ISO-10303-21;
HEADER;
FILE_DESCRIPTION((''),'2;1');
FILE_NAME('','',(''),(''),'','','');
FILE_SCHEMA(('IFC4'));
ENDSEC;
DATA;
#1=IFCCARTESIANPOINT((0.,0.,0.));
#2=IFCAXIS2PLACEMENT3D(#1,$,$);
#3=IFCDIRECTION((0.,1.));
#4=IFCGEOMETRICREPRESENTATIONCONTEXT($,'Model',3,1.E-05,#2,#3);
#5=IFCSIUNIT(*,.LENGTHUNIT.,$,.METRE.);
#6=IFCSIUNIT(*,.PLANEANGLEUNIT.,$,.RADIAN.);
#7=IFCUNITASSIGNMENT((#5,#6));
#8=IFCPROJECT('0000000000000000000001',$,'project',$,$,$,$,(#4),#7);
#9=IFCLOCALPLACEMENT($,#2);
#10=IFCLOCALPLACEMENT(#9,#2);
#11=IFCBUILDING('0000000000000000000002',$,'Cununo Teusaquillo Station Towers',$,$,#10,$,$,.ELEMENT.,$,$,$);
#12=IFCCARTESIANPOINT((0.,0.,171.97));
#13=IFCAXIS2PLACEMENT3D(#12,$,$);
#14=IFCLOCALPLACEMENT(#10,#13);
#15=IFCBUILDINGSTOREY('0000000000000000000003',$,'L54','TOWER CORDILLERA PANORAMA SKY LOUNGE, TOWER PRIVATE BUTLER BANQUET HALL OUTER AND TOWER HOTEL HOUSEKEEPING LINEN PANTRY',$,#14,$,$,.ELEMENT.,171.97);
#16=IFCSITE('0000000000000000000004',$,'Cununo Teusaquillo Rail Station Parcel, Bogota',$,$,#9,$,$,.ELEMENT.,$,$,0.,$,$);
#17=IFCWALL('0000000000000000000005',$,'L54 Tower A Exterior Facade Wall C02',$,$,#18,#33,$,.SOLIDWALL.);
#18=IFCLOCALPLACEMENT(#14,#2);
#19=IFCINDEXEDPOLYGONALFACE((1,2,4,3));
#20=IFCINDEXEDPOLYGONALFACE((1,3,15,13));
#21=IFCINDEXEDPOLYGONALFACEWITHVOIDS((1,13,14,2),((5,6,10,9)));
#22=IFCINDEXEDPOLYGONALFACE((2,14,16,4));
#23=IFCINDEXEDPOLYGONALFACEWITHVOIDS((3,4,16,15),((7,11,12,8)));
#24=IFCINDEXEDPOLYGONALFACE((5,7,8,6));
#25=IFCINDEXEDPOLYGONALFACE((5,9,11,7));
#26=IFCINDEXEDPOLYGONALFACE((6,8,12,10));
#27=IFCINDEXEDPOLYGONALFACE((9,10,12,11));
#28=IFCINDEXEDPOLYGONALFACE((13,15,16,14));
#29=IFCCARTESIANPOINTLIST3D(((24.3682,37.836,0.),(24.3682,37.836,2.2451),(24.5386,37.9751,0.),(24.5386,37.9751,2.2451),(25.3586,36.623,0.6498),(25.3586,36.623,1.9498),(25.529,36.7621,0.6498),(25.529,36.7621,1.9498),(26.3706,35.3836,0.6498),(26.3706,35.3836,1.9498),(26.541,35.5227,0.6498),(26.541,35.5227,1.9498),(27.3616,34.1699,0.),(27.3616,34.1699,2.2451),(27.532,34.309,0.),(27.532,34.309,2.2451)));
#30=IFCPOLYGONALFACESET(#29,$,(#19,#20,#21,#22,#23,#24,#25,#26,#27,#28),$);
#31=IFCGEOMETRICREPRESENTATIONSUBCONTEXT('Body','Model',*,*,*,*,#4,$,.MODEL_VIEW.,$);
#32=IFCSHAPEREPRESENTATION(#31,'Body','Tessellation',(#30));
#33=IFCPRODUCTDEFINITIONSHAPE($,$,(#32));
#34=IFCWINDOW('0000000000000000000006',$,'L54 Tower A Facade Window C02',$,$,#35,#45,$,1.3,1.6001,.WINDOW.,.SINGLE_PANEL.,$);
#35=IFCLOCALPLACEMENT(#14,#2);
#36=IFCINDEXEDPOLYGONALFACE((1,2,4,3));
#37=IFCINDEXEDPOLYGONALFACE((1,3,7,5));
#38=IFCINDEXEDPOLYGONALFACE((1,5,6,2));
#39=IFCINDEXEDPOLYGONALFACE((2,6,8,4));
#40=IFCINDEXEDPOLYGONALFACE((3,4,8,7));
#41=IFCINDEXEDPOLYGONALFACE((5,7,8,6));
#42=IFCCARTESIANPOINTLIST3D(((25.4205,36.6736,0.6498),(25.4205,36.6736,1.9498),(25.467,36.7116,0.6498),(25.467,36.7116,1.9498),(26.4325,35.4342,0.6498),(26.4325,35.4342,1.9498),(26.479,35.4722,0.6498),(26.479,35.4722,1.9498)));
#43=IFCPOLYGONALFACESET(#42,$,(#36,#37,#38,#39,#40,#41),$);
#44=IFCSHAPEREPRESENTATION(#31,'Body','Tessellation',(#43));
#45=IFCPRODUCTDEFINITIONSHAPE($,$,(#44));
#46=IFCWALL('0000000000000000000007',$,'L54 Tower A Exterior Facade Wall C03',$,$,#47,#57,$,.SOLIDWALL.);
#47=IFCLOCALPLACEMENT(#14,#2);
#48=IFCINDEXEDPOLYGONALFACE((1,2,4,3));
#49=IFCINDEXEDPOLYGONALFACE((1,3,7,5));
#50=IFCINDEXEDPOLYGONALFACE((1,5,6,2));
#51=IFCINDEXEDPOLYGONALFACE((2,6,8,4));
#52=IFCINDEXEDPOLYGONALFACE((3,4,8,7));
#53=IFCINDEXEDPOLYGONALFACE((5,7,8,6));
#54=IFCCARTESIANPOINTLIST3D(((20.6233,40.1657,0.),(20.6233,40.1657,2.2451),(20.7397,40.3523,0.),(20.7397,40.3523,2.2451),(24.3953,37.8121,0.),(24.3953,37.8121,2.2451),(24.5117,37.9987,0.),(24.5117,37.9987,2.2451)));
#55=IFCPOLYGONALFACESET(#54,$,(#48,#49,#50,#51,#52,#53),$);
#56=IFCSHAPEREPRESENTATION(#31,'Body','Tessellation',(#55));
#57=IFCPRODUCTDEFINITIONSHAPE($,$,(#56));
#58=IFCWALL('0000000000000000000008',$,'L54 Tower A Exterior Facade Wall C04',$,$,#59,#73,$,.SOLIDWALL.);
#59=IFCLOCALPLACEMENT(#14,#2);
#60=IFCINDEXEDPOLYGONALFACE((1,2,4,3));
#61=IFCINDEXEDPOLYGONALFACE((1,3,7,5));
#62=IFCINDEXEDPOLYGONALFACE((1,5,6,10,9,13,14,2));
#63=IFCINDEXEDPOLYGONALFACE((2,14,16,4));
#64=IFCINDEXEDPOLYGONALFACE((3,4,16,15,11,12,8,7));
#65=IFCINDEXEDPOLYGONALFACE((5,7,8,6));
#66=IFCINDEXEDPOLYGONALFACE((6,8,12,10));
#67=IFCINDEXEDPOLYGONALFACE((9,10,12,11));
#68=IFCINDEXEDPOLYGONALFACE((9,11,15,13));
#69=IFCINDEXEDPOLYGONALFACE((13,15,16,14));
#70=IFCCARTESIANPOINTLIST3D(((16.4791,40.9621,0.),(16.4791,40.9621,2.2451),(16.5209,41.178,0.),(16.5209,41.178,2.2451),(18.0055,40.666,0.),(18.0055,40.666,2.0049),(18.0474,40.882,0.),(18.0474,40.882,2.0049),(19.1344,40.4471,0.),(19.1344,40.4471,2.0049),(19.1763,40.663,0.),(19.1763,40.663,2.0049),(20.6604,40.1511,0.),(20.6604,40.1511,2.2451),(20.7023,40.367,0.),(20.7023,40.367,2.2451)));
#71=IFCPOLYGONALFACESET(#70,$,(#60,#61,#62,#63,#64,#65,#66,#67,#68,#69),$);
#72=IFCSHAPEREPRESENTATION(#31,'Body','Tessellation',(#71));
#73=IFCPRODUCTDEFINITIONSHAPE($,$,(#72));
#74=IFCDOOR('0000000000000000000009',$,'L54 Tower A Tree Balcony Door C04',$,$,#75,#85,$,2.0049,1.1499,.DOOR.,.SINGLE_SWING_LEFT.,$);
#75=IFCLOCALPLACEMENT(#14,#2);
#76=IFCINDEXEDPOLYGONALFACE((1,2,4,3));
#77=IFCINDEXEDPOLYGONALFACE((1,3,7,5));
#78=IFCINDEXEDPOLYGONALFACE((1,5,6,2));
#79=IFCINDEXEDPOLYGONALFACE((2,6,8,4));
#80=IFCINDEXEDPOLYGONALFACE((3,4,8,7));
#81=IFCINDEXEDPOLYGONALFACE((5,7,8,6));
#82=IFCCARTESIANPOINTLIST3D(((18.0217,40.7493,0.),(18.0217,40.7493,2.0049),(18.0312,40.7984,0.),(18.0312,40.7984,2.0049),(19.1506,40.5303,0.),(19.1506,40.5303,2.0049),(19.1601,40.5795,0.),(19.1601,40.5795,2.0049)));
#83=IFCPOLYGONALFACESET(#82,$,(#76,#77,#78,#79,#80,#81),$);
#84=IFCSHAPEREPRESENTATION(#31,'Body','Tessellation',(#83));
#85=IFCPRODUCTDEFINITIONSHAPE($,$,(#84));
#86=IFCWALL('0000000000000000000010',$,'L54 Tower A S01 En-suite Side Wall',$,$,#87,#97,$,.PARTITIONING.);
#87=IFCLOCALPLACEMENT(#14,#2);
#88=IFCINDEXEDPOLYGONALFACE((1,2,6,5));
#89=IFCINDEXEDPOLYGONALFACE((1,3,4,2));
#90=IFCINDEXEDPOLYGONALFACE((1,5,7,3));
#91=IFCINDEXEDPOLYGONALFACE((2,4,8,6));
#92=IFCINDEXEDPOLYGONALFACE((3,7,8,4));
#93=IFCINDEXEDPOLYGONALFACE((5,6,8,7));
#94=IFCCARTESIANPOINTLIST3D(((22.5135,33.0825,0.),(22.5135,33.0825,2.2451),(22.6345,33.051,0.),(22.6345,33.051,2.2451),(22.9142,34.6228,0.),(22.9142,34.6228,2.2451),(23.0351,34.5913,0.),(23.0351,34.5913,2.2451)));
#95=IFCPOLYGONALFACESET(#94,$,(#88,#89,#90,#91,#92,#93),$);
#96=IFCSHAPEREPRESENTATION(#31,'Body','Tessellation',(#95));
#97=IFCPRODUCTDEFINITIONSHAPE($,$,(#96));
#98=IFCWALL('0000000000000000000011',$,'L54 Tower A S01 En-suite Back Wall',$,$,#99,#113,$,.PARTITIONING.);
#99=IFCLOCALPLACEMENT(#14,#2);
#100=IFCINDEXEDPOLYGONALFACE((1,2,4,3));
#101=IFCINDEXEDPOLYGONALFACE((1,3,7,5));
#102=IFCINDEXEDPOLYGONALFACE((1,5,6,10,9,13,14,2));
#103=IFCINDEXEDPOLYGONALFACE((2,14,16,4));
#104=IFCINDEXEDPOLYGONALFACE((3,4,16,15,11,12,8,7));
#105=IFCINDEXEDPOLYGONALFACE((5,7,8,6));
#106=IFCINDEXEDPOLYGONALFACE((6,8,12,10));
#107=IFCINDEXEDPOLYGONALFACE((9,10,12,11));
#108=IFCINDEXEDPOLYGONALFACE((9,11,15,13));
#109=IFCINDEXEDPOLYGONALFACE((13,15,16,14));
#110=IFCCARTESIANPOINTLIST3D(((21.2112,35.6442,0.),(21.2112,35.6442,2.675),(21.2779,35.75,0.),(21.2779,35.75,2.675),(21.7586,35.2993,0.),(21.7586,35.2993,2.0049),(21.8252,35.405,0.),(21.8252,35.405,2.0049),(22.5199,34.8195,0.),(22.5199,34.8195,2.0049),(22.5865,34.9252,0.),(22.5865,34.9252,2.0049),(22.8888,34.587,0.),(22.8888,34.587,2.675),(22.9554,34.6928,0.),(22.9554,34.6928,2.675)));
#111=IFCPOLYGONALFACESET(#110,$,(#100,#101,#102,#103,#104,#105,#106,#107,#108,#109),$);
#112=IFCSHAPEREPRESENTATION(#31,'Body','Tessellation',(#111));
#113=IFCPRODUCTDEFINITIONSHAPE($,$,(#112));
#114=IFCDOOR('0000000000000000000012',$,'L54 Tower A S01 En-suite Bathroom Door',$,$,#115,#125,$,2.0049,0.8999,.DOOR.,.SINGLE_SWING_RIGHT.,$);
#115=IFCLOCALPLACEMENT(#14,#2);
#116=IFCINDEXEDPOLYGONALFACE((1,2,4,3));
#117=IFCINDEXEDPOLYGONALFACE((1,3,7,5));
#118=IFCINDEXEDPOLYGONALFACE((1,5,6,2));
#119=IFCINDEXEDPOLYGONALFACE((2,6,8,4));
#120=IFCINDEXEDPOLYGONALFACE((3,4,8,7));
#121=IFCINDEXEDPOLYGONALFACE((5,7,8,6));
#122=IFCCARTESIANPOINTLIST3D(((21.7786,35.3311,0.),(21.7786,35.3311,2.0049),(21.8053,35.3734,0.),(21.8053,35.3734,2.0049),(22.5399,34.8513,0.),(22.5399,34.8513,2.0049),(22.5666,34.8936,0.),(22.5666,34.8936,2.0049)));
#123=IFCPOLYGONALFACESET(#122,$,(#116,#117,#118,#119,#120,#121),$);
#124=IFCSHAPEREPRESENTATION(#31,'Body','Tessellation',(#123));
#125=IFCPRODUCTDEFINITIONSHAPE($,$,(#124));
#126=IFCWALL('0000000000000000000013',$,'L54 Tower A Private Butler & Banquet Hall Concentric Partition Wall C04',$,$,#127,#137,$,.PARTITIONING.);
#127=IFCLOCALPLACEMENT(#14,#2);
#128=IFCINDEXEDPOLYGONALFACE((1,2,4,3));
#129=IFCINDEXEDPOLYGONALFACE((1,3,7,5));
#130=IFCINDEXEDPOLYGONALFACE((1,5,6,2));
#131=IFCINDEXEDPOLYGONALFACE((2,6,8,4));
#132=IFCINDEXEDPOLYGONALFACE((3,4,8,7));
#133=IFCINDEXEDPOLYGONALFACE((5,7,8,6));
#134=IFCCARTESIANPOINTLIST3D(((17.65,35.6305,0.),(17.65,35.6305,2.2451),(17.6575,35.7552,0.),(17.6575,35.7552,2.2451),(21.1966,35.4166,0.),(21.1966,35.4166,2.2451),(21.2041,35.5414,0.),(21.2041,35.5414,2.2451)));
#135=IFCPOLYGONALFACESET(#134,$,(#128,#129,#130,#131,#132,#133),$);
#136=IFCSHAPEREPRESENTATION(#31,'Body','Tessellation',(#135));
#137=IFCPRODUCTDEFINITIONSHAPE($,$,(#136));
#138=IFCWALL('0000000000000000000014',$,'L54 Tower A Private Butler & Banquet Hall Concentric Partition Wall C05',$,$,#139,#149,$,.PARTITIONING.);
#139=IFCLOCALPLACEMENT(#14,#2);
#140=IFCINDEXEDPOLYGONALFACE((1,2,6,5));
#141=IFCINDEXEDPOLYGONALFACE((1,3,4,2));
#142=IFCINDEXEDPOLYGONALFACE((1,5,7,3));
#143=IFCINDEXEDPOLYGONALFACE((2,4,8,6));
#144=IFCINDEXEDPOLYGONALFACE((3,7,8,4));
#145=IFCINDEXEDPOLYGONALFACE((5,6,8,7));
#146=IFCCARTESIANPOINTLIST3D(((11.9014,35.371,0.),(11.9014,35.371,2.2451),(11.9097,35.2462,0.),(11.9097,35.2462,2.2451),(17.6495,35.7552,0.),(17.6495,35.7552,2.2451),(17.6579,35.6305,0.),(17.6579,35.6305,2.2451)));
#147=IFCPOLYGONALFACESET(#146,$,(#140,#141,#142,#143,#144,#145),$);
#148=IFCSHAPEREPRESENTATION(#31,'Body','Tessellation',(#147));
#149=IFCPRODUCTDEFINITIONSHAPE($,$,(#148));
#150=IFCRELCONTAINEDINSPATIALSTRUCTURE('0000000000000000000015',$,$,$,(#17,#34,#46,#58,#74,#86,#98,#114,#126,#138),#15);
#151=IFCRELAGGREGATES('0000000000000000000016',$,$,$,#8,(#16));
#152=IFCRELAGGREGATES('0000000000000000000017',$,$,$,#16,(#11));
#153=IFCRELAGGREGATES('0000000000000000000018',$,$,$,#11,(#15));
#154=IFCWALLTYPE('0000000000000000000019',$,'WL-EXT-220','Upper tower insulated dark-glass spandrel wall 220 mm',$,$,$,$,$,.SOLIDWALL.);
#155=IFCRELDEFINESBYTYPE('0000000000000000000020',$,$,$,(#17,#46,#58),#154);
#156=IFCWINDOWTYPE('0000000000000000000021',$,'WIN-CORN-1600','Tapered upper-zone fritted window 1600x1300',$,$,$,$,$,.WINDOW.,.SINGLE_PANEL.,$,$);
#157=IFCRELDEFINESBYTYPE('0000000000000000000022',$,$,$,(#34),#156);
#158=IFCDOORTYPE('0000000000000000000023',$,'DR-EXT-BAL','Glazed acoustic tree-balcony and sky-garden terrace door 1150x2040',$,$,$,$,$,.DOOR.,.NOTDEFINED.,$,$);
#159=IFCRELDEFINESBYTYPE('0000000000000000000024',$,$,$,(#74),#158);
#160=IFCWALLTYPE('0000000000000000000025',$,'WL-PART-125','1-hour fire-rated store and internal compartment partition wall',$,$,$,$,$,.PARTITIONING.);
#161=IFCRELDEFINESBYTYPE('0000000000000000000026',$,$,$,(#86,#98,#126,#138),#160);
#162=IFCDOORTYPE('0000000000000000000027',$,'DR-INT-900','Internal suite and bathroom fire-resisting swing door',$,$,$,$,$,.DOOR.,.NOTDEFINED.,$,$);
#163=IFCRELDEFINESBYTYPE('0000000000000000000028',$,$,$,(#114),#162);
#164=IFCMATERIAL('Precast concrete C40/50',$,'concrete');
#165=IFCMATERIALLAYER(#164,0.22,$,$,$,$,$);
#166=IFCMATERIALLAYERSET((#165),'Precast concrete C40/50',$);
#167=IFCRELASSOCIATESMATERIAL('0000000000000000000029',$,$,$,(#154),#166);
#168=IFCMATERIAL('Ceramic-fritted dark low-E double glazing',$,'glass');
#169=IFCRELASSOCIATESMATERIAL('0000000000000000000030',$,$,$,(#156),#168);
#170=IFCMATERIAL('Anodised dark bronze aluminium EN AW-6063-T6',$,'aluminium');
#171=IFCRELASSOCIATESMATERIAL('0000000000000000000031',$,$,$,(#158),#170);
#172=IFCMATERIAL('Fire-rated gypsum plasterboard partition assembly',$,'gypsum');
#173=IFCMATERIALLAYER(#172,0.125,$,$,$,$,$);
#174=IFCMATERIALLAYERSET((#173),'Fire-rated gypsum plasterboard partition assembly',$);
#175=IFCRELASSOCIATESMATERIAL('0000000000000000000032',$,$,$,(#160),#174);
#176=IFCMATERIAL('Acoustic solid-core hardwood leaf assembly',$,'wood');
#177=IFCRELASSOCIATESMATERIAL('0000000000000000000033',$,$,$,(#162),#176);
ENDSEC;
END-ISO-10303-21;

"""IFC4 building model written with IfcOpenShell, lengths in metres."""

from ifc_helpers import new_model, si_unit, direction, frame, frame_2d, origin, place, context, subcontext, project, spatial, rectangle, extrude, source, transform, mapped, material, layer, layer_set, type_object, element, fill, save


model = new_model("IFC4")

# Units and contexts
model_context = context("Model", 3, precision=1e-05, world=origin(), true_north=direction((0.0, 1.0)))
body_context = subcontext(model_context, "Body", "Model", "MODEL_VIEW")
ifc_project = project(units=[si_unit("LENGTHUNIT", "METRE"), si_unit("PLANEANGLEUNIT", "RADIAN")], contexts=[model_context])

# Site, building, storey
site_placement = place(None, origin())
site = spatial("IfcSite", under=ifc_project, at=site_placement, Name="Cununo Teusaquillo Rail Station Parcel, Bogota", CompositionType="ELEMENT", RefElevation=0.0)
building_placement = place(site_placement, origin())
building = spatial("IfcBuilding", under=site, at=building_placement, Name="Cununo Teusaquillo Station Towers", CompositionType="ELEMENT")
storey_placement = place(building_placement, frame((0.0, 0.0, 171.97)))
storey = spatial("IfcBuildingStorey", under=building, at=storey_placement, Name="L54", Description="TOWER CORDILLERA PANORAMA SKY LOUNGE, TOWER PRIVATE BUTLER BANQUET HALL OUTER AND TOWER HOTEL HOUSEKEEPING LINEN PANTRY", CompositionType="ELEMENT", Elevation=171.97)

# Shared definitions
ifc_material_1 = material(Name="Precast concrete C40/50", Category="concrete")
ifc_layer_1 = layer(ifc_material_1, 0.22)
ifc_layer_set_1 = layer_set([ifc_layer_1], Name="Precast concrete C40/50")
wall_type_1 = type_object("IfcWallType", Name="WL-EXT-220", Description="Upper tower insulated dark-glass spandrel wall 220 mm", PredefinedType="SOLIDWALL", material=ifc_layer_set_1)

# Wall, opening, window
wall_1_placement = place(storey_placement, frame((24.4534, 37.9055, 0.0), z_axis=(0.0, 0.0, 1.0), x_axis=(0.632471, -0.774584, 0.0)))
wall_1 = element("IfcWall", 1, at=wall_1_placement, inside=storey, type_object=wall_type_1, Name="L54 Tower A Exterior Facade Wall C02", PredefinedType="SOLIDWALL", context=body_context, shape_type="SweptSolid", body=[
    extrude(rectangle(XDim=4.7329, YDim=0.22, at=frame_2d((2.3665, 0.0))), origin(), (0.0, 0.0, 1.0), 2.2451),
])
shared_shape_1 = source(origin(), body_context, "Body", "SweptSolid", [
    extrude(rectangle(XDim=1.6001, YDim=1.3, at=frame_2d((0.8, 0.6499))), frame((0.0, 0.1199, 0.0), z_axis=(0.0, -1.0, 0.0), x_axis=(1.0, 0.0, 0.0)), (0.0, 0.0, 1.0), 0.24),
])
opening_1_placement = place(wall_1_placement, frame((1.5659, 0.0, 0.6499)))
opening_1 = element("IfcOpeningElement", 2, at=opening_1_placement, cuts=wall_1, PredefinedType="OPENING", context=body_context, shape_type="MappedRepresentation", body=[
    mapped(shared_shape_1, transform((0.0, 0.0, 0.0), x_axis=(1.0, 0.0, 0.0), y_axis=(0.0, 1.0, 0.0), z_axis=(0.0, 0.0, 1.0), scale=1.0)),
])
ifc_material_2 = material(Name="Ceramic-fritted dark low-E double glazing", Category="glass")
window_type = type_object("IfcWindowType", Name="WIN-CORN-1600", Description="Tapered upper-zone fritted window 1600x1300", PartitioningType="SINGLE_PANEL", PredefinedType="WINDOW", material=ifc_material_2)
shared_shape_2 = source(origin(), body_context, "Body", "SweptSolid", [
    extrude(rectangle(XDim=1.6001, YDim=1.3, at=frame_2d((0.8, 0.6499))), frame((0.0, 0.03, 0.0), z_axis=(0.0, -1.0, 0.0), x_axis=(1.0, 0.0, 0.0)), (0.0, 0.0, 1.0), 0.0601),
])
window_placement = place(opening_1_placement, origin())
window = element("IfcWindow", 3, at=window_placement, inside=storey, type_object=window_type, Name="L54 Tower A Facade Window C02", OverallHeight=1.3, OverallWidth=1.6001, PartitioningType="SINGLE_PANEL", PredefinedType="WINDOW", context=body_context, shape_type="MappedRepresentation", body=[
    mapped(shared_shape_2, transform((0.0, 0.0, 0.0), x_axis=(1.0, 0.0, 0.0), y_axis=(0.0, 1.0, 0.0), z_axis=(0.0, 0.0, 1.0), scale=1.0)),
])
fill(opening_1, window)

# Wall
wall_2_placement = place(storey_placement, frame((20.6814, 40.259, 0.0), z_axis=(0.0, 0.0, 1.0), x_axis=(0.848399, -0.529357, 0.0)))
element("IfcWall", 4, at=wall_2_placement, inside=storey, type_object=wall_type_1, Name="L54 Tower A Exterior Facade Wall C03", PredefinedType="SOLIDWALL", context=body_context, shape_type="SweptSolid", body=[
    extrude(rectangle(XDim=4.446, YDim=0.22, at=frame_2d((2.2231, 0.0))), origin(), (0.0, 0.0, 1.0), 2.2451),
])

# Wall, opening, door
wall_3_placement = place(storey_placement, frame((16.5, 41.0701, 0.0), z_axis=(0.0, 0.0, 1.0), x_axis=(0.981704, -0.190414, 0.0)))
wall_3 = element("IfcWall", 5, at=wall_3_placement, inside=storey, type_object=wall_type_1, Name="L54 Tower A Exterior Facade Wall C04", PredefinedType="SOLIDWALL", context=body_context, shape_type="SweptSolid", body=[
    extrude(rectangle(XDim=4.2593, YDim=0.22, at=frame_2d((2.1296, 0.0))), origin(), (0.0, 0.0, 1.0), 2.2451),
])
shared_shape_3 = source(origin(), body_context, "Body", "SweptSolid", [
    extrude(rectangle(XDim=1.1499, YDim=2.0049, at=frame_2d((0.575, 1.0024))), frame((0.0, 0.1199, 0.0), z_axis=(0.0, -1.0, 0.0), x_axis=(1.0, 0.0, 0.0)), (0.0, 0.0, 1.0), 0.24),
])
opening_2_placement = place(wall_3_placement, frame((1.5549, 0.0, 0.0)))
opening_2 = element("IfcOpeningElement", 6, at=opening_2_placement, cuts=wall_3, PredefinedType="OPENING", context=body_context, shape_type="MappedRepresentation", body=[
    mapped(shared_shape_3, transform((0.0, 0.0, 0.0), x_axis=(1.0, 0.0, 0.0), y_axis=(0.0, 1.0, 0.0), z_axis=(0.0, 0.0, 1.0), scale=1.0)),
])
ifc_material_3 = material(Name="Anodised dark bronze aluminium EN AW-6063-T6", Category="aluminium")
door_type_1 = type_object("IfcDoorType", Name="DR-EXT-BAL", Description="Glazed acoustic tree-balcony and sky-garden terrace door 1150x2040", OperationType="NOTDEFINED", PredefinedType="DOOR", material=ifc_material_3)
shared_shape_4 = source(origin(), body_context, "Body", "SweptSolid", [
    extrude(rectangle(XDim=1.1499, YDim=2.0049, at=frame_2d((0.575, 1.0024))), frame((0.0, 0.0249, 0.0), z_axis=(0.0, -1.0, 0.0), x_axis=(1.0, 0.0, 0.0)), (0.0, 0.0, 1.0), 0.05),
])
door_1_placement = place(opening_2_placement, origin())
door_1 = element("IfcDoor", 7, at=door_1_placement, inside=storey, type_object=door_type_1, Name="L54 Tower A Tree Balcony Door C04", OperationType="SINGLE_SWING_LEFT", OverallHeight=2.0049, OverallWidth=1.1499, PredefinedType="DOOR", context=body_context, shape_type="MappedRepresentation", body=[
    mapped(shared_shape_4, transform((0.0, 0.0, 0.0), x_axis=(1.0, 0.0, 0.0), y_axis=(0.0, 1.0, 0.0), z_axis=(0.0, 0.0, 1.0), scale=1.0)),
])
fill(opening_2, door_1)

# Wall
ifc_material_4 = material(Name="Fire-rated gypsum plasterboard partition assembly", Category="gypsum")
ifc_layer_2 = layer(ifc_material_4, 0.125)
ifc_layer_set_2 = layer_set([ifc_layer_2], Name="Fire-rated gypsum plasterboard partition assembly")
wall_type_2 = type_object("IfcWallType", Name="WL-PART-125", Description="1-hour fire-rated store and internal compartment partition wall", PredefinedType="PARTITIONING", material=ifc_layer_set_2)
wall_4_placement = place(storey_placement, frame((22.574, 33.0667, 0.0), z_axis=(0.0, 0.0, 1.0), x_axis=(0.251729, 0.967798, 0.0)))
element("IfcWall", 8, at=wall_4_placement, inside=storey, type_object=wall_type_2, Name="L54 Tower A S01 En-suite Side Wall", PredefinedType="PARTITIONING", context=body_context, shape_type="SweptSolid", body=[
    extrude(rectangle(XDim=1.5916, YDim=0.125, at=frame_2d((0.7959, 0.0))), origin(), (0.0, 0.0, 1.0), 2.2451),
])

# Wall, opening, door
wall_5_placement = place(storey_placement, frame((22.9221, 34.6399, 0.0), z_axis=(0.0, 0.0, 1.0), x_axis=(-0.846021, 0.53315, 0.0)))
wall_5 = element("IfcWall", 9, at=wall_5_placement, inside=storey, type_object=wall_type_2, Name="L54 Tower A S01 En-suite Back Wall", PredefinedType="PARTITIONING", context=body_context, shape_type="SweptSolid", body=[
    extrude(rectangle(XDim=1.9829, YDim=0.125, at=frame_2d((0.9915, 0.0))), origin(), (0.0, 0.0, 1.0), 2.675),
])
shared_shape_5 = source(origin(), body_context, "Body", "SweptSolid", [
    extrude(rectangle(XDim=0.8999, YDim=2.0049, at=frame_2d((0.45, 1.0024))), frame((0.0, 0.0725, 0.0), z_axis=(0.0, -1.0, 0.0), x_axis=(1.0, 0.0, 0.0)), (0.0, 0.0, 1.0), 0.145),
])
opening_3_placement = place(wall_5_placement, frame((0.436, 0.0, 0.0)))
opening_3 = element("IfcOpeningElement", 10, at=opening_3_placement, cuts=wall_5, PredefinedType="OPENING", context=body_context, shape_type="MappedRepresentation", body=[
    mapped(shared_shape_5, transform((0.0, 0.0, 0.0), x_axis=(1.0, 0.0, 0.0), y_axis=(0.0, 1.0, 0.0), z_axis=(0.0, 0.0, 1.0), scale=1.0)),
])
ifc_material_5 = material(Name="Acoustic solid-core hardwood leaf assembly", Category="wood")
door_type_2 = type_object("IfcDoorType", Name="DR-INT-900", Description="Internal suite and bathroom fire-resisting swing door", OperationType="NOTDEFINED", PredefinedType="DOOR", material=ifc_material_5)
shared_shape_6 = source(origin(), body_context, "Body", "SweptSolid", [
    extrude(rectangle(XDim=0.8999, YDim=2.0049, at=frame_2d((0.45, 1.0024))), frame((0.0, 0.0249, 0.0), z_axis=(0.0, -1.0, 0.0), x_axis=(1.0, 0.0, 0.0)), (0.0, 0.0, 1.0), 0.05),
])
door_2_placement = place(opening_3_placement, origin())
door_2 = element("IfcDoor", 11, at=door_2_placement, inside=storey, type_object=door_type_2, Name="L54 Tower A S01 En-suite Bathroom Door", OperationType="SINGLE_SWING_RIGHT", OverallHeight=2.0049, OverallWidth=0.8999, PredefinedType="DOOR", context=body_context, shape_type="MappedRepresentation", body=[
    mapped(shared_shape_6, transform((0.0, 0.0, 0.0), x_axis=(1.0, 0.0, 0.0), y_axis=(0.0, 1.0, 0.0), z_axis=(0.0, 0.0, 1.0), scale=1.0)),
])
fill(opening_3, door_2)

# Walls
wall_6_placement = place(storey_placement, frame((21.2002, 35.479, 0.0), z_axis=(0.0, 0.0, 1.0), x_axis=(-0.998187, 0.060192, 0.0)))
element("IfcWall", 12, at=wall_6_placement, inside=storey, type_object=wall_type_2, Name="L54 Tower A Private Butler & Banquet Hall Concentric Partition Wall C04", PredefinedType="PARTITIONING", context=body_context, shape_type="SweptSolid", body=[
    extrude(rectangle(XDim=3.553, YDim=0.125, at=frame_2d((1.7764, 0.0))), origin(), (0.0, 0.0, 1.0), 2.2451),
])
wall_7_placement = place(storey_placement, frame((17.6536, 35.6929, 0.0), z_axis=(0.0, 0.0, 1.0), x_axis=(-0.997773, -0.066705, 0.0)))
element("IfcWall", 13, at=wall_7_placement, inside=storey, type_object=wall_type_2, Name="L54 Tower A Private Butler & Banquet Hall Concentric Partition Wall C05", PredefinedType="PARTITIONING", context=body_context, shape_type="SweptSolid", body=[
    extrude(rectangle(XDim=5.761, YDim=0.125, at=frame_2d((2.8804, 0.0))), origin(), (0.0, 0.0, 1.0), 2.2451),
])

save(model, "model.ifc")
